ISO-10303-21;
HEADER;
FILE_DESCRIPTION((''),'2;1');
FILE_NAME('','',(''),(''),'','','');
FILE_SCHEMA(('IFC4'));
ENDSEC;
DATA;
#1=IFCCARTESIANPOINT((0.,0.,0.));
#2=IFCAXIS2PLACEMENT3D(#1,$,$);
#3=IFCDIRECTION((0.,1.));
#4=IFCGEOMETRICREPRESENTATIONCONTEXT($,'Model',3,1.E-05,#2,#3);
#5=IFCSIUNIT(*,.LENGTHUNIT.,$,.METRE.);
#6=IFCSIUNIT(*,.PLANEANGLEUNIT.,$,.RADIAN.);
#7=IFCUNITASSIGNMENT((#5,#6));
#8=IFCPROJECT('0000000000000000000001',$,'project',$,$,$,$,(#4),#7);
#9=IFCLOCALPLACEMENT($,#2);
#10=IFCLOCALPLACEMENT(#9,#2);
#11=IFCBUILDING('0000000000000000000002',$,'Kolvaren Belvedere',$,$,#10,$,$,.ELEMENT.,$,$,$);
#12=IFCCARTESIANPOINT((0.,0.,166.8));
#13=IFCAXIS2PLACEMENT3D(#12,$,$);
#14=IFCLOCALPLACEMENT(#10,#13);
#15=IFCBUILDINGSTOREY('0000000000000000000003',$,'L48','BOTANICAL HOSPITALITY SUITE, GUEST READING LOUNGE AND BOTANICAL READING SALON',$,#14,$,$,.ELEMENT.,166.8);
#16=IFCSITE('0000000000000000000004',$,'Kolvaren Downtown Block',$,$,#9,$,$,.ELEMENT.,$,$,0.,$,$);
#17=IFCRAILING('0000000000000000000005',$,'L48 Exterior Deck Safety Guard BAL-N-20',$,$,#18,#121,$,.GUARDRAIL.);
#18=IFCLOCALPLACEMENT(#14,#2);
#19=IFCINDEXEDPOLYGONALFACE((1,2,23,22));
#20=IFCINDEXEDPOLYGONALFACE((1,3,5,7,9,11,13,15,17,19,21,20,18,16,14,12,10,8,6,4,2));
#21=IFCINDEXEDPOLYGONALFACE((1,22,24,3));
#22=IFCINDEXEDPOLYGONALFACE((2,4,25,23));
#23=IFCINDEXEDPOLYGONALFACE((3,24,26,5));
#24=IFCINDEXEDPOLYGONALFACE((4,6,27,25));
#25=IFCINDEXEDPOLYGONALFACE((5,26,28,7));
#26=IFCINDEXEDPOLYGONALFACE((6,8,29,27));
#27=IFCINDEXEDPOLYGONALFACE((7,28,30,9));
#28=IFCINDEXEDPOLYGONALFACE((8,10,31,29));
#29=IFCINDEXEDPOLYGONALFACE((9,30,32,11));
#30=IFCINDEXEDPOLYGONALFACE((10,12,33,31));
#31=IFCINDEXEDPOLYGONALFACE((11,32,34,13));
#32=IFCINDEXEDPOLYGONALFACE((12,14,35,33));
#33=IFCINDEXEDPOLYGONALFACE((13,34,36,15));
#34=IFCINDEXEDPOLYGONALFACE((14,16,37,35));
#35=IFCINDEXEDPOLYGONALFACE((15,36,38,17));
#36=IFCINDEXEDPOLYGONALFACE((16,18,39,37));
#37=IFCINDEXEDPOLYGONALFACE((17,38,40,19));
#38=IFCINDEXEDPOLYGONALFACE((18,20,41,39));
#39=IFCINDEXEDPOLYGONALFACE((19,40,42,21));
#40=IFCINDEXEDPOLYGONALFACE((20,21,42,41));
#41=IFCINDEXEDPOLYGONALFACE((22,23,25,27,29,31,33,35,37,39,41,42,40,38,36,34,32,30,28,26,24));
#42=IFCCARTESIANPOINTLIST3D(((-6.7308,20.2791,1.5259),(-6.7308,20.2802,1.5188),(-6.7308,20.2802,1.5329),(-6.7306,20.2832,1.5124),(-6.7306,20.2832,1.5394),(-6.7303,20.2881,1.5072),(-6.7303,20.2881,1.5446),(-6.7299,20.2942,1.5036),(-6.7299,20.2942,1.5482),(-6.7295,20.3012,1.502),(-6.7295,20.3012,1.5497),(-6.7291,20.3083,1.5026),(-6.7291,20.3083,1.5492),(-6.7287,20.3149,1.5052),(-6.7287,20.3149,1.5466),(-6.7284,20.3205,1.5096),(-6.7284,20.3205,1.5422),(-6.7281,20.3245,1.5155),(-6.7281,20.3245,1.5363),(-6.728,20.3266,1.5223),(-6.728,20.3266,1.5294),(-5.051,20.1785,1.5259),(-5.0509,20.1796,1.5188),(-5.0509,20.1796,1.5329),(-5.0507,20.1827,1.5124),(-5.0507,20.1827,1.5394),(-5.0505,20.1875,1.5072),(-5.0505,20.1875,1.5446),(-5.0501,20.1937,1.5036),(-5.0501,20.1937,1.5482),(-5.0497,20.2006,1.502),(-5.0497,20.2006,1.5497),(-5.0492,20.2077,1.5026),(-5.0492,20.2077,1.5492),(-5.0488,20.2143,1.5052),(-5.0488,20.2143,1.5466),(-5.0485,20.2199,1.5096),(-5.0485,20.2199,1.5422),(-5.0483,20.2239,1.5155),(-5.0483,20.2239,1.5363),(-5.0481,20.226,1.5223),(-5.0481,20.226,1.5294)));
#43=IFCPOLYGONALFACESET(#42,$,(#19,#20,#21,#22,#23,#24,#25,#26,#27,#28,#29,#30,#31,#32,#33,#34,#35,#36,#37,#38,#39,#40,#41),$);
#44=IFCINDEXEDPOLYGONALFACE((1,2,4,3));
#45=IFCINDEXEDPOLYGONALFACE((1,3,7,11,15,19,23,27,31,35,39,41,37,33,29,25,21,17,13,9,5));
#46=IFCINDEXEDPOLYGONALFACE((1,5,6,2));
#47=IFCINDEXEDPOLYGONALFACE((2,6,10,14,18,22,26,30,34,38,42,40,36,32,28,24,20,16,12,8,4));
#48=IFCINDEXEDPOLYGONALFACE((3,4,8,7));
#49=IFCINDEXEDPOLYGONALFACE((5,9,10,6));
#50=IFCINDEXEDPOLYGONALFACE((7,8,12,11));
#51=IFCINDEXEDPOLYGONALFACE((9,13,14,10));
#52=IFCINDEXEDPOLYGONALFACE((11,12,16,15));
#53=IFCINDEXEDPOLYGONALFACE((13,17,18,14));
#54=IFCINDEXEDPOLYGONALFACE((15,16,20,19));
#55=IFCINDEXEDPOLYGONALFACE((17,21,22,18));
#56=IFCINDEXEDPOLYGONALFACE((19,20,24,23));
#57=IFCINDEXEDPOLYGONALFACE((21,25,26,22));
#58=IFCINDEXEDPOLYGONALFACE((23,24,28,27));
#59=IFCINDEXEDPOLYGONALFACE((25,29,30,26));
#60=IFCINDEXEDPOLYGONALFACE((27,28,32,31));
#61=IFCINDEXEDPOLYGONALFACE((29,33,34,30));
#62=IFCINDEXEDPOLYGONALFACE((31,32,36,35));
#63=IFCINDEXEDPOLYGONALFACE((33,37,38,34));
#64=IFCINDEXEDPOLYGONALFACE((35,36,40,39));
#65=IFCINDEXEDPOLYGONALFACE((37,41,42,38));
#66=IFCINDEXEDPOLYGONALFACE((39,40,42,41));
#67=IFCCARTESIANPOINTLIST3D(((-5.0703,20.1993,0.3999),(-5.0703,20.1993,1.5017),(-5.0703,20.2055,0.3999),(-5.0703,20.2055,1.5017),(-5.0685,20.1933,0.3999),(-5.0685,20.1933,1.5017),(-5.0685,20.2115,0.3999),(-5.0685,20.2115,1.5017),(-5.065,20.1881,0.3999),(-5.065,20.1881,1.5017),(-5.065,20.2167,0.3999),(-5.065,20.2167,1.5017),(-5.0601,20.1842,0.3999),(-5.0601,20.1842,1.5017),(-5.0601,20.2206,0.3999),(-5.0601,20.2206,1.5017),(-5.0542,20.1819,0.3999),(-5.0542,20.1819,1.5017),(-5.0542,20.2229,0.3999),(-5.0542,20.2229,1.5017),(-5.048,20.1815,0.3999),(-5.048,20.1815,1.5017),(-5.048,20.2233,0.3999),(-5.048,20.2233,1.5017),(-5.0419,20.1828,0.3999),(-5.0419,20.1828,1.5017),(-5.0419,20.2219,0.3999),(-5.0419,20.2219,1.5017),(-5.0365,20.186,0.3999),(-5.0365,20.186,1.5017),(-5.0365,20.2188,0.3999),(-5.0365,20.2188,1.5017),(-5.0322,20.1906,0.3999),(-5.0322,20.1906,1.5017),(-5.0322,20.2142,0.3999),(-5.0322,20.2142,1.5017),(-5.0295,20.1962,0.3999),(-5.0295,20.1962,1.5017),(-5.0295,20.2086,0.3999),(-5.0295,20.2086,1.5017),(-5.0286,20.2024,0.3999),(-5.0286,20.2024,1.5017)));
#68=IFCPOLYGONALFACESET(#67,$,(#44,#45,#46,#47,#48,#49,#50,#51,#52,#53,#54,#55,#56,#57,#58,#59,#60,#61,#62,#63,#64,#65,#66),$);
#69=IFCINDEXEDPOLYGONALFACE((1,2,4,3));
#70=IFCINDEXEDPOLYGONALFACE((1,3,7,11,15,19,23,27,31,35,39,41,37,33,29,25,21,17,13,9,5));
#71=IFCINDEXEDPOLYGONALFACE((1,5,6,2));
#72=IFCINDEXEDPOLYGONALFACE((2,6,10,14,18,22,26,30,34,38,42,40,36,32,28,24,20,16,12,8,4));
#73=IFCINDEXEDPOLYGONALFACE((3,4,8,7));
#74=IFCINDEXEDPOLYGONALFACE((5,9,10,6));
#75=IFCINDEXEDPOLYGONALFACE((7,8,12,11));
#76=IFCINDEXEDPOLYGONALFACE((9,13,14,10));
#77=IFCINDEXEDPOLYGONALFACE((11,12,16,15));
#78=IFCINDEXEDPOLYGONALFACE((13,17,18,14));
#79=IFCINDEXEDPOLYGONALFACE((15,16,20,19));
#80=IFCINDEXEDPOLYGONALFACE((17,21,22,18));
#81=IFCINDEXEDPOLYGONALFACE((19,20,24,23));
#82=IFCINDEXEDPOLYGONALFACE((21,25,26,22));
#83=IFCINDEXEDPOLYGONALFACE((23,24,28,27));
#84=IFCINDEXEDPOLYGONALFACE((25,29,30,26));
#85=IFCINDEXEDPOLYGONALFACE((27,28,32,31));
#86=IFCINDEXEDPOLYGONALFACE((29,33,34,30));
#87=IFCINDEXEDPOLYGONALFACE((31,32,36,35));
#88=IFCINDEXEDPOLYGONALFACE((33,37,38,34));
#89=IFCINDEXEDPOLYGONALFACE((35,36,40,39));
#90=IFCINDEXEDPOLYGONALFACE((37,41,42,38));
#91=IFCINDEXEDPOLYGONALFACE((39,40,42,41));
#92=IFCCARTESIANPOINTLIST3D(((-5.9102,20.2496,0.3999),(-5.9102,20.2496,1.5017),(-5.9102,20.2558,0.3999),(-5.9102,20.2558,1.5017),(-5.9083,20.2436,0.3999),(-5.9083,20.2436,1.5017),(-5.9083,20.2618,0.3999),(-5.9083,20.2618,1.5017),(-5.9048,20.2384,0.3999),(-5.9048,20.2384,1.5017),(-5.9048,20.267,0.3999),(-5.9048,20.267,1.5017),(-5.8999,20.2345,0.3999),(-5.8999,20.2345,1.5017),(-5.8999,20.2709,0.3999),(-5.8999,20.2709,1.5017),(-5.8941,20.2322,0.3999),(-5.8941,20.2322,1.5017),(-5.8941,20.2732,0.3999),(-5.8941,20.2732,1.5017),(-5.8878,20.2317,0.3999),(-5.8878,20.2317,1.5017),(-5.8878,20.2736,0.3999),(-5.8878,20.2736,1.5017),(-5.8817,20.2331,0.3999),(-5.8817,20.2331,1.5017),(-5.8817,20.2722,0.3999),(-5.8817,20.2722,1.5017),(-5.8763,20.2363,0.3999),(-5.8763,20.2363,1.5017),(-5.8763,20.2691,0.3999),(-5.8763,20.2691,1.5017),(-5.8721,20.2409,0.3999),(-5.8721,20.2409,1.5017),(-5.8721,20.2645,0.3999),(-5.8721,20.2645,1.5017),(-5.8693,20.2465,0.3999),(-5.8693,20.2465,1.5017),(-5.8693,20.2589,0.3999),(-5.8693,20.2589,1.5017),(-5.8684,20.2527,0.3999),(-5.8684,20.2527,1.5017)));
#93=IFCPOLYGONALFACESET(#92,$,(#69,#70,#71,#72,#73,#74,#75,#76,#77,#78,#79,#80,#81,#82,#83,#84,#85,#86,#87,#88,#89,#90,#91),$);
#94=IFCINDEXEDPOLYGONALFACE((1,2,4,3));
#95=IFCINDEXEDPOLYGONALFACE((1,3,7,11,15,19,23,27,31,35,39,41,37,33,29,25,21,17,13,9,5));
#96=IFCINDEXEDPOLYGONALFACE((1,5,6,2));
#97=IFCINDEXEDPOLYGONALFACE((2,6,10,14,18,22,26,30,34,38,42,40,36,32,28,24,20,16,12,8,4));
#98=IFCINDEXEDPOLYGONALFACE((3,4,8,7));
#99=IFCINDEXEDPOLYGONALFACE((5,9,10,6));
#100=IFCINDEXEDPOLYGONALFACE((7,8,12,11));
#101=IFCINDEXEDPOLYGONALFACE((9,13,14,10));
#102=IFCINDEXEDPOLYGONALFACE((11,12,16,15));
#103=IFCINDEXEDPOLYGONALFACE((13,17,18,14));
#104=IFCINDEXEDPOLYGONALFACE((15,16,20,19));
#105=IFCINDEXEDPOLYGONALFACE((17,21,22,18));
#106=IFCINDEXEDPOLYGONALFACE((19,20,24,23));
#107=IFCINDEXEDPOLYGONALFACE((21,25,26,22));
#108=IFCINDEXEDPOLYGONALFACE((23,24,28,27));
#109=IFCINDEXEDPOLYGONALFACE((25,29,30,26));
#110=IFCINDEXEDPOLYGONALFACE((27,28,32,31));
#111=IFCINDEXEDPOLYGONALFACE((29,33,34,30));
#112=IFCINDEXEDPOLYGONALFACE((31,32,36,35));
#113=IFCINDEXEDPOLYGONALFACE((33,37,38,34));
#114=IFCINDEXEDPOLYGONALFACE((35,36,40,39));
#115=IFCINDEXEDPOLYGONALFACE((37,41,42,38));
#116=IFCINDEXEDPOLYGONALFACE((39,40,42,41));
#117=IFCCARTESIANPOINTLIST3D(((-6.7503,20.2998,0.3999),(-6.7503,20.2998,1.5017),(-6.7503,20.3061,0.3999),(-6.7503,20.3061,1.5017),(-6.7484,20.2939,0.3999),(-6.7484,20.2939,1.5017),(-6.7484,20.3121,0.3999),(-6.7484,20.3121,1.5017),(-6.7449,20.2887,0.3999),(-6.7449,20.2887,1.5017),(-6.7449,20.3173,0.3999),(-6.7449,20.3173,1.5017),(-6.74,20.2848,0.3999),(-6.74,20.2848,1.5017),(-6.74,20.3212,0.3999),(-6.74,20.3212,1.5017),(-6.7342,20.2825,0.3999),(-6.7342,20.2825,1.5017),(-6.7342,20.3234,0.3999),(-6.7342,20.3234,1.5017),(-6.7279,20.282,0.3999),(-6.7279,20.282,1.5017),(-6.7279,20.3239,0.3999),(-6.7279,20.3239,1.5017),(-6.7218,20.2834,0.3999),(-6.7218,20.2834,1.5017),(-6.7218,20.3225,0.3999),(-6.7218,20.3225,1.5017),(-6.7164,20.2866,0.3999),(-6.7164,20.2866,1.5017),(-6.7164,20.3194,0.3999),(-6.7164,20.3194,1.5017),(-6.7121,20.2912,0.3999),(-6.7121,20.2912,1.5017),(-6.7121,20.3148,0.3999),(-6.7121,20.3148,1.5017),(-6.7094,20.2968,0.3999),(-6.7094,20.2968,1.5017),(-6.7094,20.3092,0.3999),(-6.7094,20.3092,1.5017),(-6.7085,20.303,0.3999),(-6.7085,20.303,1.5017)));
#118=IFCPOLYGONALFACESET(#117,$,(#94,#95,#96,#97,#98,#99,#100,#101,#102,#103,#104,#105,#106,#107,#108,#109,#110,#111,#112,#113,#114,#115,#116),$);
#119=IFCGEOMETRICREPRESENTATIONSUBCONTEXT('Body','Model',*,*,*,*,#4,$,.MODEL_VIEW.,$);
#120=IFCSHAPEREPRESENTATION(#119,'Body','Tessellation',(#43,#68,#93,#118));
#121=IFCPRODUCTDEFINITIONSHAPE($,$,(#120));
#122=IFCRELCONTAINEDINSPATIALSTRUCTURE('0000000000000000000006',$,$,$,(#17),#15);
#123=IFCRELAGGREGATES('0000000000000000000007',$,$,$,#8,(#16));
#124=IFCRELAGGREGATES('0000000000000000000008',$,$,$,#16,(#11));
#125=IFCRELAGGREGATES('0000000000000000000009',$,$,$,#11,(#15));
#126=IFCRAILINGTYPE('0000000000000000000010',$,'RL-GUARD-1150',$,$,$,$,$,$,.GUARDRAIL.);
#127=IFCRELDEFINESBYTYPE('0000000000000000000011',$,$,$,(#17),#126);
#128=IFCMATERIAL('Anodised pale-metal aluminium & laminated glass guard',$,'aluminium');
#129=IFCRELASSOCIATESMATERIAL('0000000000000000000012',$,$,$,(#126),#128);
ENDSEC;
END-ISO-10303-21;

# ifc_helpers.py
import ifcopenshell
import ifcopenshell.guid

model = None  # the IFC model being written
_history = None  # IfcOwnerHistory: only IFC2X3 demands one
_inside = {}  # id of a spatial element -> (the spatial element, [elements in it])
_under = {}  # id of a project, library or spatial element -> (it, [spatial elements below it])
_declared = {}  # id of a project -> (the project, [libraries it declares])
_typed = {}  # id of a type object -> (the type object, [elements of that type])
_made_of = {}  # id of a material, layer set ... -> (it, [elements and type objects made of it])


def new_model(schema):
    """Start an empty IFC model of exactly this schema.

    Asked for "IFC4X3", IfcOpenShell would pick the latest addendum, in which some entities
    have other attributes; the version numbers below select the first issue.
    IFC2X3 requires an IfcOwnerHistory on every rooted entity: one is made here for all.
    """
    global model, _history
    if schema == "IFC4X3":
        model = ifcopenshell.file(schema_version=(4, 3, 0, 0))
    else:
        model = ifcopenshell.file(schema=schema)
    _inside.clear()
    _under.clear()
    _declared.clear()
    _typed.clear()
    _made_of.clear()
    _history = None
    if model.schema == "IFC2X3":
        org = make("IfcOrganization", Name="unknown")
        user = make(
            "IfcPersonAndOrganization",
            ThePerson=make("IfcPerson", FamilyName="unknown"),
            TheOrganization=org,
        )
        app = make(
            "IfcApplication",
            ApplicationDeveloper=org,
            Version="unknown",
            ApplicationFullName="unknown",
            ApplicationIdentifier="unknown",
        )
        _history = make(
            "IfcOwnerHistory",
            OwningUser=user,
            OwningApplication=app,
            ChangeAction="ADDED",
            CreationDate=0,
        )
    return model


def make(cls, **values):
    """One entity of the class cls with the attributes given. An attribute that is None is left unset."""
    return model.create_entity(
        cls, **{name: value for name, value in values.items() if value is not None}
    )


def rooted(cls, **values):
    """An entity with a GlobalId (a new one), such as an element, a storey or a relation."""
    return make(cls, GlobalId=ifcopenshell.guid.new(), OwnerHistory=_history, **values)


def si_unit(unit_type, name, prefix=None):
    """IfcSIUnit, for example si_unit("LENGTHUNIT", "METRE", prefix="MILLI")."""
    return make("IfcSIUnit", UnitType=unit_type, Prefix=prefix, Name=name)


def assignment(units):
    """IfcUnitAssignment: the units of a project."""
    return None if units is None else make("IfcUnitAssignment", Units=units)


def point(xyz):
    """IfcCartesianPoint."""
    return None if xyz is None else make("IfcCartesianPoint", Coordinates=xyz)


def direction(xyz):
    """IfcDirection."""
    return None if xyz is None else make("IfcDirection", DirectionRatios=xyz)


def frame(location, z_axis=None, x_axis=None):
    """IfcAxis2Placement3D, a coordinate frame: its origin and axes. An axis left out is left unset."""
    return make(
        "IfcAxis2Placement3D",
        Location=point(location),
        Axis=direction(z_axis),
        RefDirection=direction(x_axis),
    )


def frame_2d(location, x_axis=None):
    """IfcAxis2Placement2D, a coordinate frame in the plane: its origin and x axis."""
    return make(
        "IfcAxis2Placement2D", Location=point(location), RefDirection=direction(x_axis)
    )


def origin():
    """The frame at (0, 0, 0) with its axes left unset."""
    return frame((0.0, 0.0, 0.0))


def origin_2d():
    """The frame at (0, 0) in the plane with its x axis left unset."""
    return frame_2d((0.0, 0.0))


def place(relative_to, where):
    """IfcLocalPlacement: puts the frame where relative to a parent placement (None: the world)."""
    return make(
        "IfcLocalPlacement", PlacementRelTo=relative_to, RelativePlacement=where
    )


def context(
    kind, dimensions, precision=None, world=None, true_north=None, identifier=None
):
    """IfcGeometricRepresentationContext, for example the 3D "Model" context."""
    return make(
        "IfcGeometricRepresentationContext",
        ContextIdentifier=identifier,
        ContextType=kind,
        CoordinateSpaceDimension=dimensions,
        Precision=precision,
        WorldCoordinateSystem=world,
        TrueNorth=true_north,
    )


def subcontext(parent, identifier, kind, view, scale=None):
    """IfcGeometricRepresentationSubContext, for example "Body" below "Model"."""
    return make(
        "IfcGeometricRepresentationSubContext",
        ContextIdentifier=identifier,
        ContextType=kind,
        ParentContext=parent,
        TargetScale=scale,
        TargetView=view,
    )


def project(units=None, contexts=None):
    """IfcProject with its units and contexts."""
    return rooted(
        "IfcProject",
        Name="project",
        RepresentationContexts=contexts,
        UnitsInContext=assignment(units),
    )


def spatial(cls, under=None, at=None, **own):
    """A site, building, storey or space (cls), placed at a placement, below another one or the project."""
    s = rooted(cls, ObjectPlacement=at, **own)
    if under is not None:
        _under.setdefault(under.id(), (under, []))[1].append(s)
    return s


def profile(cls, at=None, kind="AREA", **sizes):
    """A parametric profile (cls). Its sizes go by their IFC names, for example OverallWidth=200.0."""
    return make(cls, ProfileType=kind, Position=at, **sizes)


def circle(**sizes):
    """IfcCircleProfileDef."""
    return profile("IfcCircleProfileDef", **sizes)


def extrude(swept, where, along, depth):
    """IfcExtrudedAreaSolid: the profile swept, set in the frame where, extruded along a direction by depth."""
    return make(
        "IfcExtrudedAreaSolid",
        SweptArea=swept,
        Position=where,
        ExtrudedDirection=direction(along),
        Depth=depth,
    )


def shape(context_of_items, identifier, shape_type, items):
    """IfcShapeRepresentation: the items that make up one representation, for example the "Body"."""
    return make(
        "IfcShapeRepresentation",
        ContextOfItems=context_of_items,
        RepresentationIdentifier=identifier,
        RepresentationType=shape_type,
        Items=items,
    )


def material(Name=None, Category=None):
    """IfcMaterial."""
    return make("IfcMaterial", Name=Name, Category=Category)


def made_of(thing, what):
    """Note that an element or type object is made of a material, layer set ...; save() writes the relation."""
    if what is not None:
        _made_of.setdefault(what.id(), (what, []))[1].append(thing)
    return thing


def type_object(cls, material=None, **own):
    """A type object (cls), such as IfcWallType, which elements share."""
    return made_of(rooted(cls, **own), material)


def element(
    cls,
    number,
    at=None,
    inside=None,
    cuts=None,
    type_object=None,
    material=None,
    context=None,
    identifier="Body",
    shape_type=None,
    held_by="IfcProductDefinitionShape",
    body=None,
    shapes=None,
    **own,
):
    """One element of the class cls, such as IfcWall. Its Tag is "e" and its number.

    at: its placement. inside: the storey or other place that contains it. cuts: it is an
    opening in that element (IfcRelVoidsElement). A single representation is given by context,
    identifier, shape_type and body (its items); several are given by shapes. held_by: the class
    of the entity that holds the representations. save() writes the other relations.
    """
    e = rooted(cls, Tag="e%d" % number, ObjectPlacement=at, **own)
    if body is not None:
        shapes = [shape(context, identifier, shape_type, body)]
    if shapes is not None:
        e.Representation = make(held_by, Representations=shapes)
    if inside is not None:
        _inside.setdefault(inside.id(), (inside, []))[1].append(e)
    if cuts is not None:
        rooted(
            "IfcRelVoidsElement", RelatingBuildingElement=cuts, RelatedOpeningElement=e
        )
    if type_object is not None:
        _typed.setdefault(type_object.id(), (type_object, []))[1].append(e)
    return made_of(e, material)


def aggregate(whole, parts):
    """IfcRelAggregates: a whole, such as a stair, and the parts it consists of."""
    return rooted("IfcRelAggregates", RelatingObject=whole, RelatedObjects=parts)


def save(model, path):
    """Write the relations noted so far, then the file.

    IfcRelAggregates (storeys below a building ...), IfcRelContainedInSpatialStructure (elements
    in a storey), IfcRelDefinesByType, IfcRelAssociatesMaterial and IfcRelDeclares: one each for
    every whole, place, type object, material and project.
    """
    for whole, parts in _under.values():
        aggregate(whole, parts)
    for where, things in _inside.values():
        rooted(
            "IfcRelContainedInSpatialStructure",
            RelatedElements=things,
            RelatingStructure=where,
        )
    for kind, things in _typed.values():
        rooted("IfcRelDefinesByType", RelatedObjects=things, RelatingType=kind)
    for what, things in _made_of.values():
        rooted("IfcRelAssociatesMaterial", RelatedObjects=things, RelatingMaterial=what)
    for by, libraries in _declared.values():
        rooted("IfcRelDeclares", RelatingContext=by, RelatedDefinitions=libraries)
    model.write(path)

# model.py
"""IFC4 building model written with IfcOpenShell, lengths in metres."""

from ifc_helpers import new_model, si_unit, direction, frame, origin, origin_2d, place, context, subcontext, project, spatial, circle, extrude, material, type_object, element, save


model = new_model("IFC4")

# Units and contexts
model_context = context("Model", 3, precision=1e-05, world=origin(), true_north=direction((0.0, 1.0)))
body_context = subcontext(model_context, "Body", "Model", "MODEL_VIEW")
ifc_project = project(units=[si_unit("LENGTHUNIT", "METRE"), si_unit("PLANEANGLEUNIT", "RADIAN")], contexts=[model_context])

# Site, building, storey
site_placement = place(None, origin())
site = spatial("IfcSite", under=ifc_project, at=site_placement, Name="Kolvaren Downtown Block", CompositionType="ELEMENT", RefElevation=0.0)
building_placement = place(site_placement, origin())
building = spatial("IfcBuilding", under=site, at=building_placement, Name="Kolvaren Belvedere", CompositionType="ELEMENT")
storey_placement = place(building_placement, frame((0.0, 0.0, 166.8)))
storey = spatial("IfcBuildingStorey", under=building, at=storey_placement, Name="L48", Description="BOTANICAL HOSPITALITY SUITE, GUEST READING LOUNGE AND BOTANICAL READING SALON", CompositionType="ELEMENT", Elevation=166.8)

# Railing
ifc_material_1 = material(Name="Anodised pale-metal aluminium & laminated glass guard", Category="aluminium")
railing_type = type_object("IfcRailingType", Name="RL-GUARD-1150", PredefinedType="GUARDRAIL", material=ifc_material_1)
railing_1_placement = place(storey_placement, frame((-5.0496, 20.2024, 0.3999)))
element("IfcRailing", 1, at=railing_1_placement, inside=storey, type_object=railing_type, Name="L48 Exterior Deck Safety Guard BAL-N-20", PredefinedType="GUARDRAIL", context=body_context, shape_type="SweptSolid", body=[
    extrude(circle(Radius=0.0239, at=origin_2d()), frame((0.0, 0.0, 1.126), z_axis=(-0.998212, 0.059768, 0.0), x_axis=(-0.059768, -0.998212, 0.0)), (0.0, 0.0, 1.0), 1.6829),
    extrude(circle(Radius=0.021, at=origin_2d()), origin(), (0.0, 0.0, 1.0), 1.1018),
    extrude(circle(Radius=0.021, at=origin_2d()), frame((-0.8398, 0.0503, 0.0)), (0.0, 0.0, 1.0), 1.1018),
    extrude(circle(Radius=0.021, at=origin_2d()), frame((-1.6799, 0.1006, 0.0)), (0.0, 0.0, 1.0), 1.1018),
])

save(model, "model.ifc")
